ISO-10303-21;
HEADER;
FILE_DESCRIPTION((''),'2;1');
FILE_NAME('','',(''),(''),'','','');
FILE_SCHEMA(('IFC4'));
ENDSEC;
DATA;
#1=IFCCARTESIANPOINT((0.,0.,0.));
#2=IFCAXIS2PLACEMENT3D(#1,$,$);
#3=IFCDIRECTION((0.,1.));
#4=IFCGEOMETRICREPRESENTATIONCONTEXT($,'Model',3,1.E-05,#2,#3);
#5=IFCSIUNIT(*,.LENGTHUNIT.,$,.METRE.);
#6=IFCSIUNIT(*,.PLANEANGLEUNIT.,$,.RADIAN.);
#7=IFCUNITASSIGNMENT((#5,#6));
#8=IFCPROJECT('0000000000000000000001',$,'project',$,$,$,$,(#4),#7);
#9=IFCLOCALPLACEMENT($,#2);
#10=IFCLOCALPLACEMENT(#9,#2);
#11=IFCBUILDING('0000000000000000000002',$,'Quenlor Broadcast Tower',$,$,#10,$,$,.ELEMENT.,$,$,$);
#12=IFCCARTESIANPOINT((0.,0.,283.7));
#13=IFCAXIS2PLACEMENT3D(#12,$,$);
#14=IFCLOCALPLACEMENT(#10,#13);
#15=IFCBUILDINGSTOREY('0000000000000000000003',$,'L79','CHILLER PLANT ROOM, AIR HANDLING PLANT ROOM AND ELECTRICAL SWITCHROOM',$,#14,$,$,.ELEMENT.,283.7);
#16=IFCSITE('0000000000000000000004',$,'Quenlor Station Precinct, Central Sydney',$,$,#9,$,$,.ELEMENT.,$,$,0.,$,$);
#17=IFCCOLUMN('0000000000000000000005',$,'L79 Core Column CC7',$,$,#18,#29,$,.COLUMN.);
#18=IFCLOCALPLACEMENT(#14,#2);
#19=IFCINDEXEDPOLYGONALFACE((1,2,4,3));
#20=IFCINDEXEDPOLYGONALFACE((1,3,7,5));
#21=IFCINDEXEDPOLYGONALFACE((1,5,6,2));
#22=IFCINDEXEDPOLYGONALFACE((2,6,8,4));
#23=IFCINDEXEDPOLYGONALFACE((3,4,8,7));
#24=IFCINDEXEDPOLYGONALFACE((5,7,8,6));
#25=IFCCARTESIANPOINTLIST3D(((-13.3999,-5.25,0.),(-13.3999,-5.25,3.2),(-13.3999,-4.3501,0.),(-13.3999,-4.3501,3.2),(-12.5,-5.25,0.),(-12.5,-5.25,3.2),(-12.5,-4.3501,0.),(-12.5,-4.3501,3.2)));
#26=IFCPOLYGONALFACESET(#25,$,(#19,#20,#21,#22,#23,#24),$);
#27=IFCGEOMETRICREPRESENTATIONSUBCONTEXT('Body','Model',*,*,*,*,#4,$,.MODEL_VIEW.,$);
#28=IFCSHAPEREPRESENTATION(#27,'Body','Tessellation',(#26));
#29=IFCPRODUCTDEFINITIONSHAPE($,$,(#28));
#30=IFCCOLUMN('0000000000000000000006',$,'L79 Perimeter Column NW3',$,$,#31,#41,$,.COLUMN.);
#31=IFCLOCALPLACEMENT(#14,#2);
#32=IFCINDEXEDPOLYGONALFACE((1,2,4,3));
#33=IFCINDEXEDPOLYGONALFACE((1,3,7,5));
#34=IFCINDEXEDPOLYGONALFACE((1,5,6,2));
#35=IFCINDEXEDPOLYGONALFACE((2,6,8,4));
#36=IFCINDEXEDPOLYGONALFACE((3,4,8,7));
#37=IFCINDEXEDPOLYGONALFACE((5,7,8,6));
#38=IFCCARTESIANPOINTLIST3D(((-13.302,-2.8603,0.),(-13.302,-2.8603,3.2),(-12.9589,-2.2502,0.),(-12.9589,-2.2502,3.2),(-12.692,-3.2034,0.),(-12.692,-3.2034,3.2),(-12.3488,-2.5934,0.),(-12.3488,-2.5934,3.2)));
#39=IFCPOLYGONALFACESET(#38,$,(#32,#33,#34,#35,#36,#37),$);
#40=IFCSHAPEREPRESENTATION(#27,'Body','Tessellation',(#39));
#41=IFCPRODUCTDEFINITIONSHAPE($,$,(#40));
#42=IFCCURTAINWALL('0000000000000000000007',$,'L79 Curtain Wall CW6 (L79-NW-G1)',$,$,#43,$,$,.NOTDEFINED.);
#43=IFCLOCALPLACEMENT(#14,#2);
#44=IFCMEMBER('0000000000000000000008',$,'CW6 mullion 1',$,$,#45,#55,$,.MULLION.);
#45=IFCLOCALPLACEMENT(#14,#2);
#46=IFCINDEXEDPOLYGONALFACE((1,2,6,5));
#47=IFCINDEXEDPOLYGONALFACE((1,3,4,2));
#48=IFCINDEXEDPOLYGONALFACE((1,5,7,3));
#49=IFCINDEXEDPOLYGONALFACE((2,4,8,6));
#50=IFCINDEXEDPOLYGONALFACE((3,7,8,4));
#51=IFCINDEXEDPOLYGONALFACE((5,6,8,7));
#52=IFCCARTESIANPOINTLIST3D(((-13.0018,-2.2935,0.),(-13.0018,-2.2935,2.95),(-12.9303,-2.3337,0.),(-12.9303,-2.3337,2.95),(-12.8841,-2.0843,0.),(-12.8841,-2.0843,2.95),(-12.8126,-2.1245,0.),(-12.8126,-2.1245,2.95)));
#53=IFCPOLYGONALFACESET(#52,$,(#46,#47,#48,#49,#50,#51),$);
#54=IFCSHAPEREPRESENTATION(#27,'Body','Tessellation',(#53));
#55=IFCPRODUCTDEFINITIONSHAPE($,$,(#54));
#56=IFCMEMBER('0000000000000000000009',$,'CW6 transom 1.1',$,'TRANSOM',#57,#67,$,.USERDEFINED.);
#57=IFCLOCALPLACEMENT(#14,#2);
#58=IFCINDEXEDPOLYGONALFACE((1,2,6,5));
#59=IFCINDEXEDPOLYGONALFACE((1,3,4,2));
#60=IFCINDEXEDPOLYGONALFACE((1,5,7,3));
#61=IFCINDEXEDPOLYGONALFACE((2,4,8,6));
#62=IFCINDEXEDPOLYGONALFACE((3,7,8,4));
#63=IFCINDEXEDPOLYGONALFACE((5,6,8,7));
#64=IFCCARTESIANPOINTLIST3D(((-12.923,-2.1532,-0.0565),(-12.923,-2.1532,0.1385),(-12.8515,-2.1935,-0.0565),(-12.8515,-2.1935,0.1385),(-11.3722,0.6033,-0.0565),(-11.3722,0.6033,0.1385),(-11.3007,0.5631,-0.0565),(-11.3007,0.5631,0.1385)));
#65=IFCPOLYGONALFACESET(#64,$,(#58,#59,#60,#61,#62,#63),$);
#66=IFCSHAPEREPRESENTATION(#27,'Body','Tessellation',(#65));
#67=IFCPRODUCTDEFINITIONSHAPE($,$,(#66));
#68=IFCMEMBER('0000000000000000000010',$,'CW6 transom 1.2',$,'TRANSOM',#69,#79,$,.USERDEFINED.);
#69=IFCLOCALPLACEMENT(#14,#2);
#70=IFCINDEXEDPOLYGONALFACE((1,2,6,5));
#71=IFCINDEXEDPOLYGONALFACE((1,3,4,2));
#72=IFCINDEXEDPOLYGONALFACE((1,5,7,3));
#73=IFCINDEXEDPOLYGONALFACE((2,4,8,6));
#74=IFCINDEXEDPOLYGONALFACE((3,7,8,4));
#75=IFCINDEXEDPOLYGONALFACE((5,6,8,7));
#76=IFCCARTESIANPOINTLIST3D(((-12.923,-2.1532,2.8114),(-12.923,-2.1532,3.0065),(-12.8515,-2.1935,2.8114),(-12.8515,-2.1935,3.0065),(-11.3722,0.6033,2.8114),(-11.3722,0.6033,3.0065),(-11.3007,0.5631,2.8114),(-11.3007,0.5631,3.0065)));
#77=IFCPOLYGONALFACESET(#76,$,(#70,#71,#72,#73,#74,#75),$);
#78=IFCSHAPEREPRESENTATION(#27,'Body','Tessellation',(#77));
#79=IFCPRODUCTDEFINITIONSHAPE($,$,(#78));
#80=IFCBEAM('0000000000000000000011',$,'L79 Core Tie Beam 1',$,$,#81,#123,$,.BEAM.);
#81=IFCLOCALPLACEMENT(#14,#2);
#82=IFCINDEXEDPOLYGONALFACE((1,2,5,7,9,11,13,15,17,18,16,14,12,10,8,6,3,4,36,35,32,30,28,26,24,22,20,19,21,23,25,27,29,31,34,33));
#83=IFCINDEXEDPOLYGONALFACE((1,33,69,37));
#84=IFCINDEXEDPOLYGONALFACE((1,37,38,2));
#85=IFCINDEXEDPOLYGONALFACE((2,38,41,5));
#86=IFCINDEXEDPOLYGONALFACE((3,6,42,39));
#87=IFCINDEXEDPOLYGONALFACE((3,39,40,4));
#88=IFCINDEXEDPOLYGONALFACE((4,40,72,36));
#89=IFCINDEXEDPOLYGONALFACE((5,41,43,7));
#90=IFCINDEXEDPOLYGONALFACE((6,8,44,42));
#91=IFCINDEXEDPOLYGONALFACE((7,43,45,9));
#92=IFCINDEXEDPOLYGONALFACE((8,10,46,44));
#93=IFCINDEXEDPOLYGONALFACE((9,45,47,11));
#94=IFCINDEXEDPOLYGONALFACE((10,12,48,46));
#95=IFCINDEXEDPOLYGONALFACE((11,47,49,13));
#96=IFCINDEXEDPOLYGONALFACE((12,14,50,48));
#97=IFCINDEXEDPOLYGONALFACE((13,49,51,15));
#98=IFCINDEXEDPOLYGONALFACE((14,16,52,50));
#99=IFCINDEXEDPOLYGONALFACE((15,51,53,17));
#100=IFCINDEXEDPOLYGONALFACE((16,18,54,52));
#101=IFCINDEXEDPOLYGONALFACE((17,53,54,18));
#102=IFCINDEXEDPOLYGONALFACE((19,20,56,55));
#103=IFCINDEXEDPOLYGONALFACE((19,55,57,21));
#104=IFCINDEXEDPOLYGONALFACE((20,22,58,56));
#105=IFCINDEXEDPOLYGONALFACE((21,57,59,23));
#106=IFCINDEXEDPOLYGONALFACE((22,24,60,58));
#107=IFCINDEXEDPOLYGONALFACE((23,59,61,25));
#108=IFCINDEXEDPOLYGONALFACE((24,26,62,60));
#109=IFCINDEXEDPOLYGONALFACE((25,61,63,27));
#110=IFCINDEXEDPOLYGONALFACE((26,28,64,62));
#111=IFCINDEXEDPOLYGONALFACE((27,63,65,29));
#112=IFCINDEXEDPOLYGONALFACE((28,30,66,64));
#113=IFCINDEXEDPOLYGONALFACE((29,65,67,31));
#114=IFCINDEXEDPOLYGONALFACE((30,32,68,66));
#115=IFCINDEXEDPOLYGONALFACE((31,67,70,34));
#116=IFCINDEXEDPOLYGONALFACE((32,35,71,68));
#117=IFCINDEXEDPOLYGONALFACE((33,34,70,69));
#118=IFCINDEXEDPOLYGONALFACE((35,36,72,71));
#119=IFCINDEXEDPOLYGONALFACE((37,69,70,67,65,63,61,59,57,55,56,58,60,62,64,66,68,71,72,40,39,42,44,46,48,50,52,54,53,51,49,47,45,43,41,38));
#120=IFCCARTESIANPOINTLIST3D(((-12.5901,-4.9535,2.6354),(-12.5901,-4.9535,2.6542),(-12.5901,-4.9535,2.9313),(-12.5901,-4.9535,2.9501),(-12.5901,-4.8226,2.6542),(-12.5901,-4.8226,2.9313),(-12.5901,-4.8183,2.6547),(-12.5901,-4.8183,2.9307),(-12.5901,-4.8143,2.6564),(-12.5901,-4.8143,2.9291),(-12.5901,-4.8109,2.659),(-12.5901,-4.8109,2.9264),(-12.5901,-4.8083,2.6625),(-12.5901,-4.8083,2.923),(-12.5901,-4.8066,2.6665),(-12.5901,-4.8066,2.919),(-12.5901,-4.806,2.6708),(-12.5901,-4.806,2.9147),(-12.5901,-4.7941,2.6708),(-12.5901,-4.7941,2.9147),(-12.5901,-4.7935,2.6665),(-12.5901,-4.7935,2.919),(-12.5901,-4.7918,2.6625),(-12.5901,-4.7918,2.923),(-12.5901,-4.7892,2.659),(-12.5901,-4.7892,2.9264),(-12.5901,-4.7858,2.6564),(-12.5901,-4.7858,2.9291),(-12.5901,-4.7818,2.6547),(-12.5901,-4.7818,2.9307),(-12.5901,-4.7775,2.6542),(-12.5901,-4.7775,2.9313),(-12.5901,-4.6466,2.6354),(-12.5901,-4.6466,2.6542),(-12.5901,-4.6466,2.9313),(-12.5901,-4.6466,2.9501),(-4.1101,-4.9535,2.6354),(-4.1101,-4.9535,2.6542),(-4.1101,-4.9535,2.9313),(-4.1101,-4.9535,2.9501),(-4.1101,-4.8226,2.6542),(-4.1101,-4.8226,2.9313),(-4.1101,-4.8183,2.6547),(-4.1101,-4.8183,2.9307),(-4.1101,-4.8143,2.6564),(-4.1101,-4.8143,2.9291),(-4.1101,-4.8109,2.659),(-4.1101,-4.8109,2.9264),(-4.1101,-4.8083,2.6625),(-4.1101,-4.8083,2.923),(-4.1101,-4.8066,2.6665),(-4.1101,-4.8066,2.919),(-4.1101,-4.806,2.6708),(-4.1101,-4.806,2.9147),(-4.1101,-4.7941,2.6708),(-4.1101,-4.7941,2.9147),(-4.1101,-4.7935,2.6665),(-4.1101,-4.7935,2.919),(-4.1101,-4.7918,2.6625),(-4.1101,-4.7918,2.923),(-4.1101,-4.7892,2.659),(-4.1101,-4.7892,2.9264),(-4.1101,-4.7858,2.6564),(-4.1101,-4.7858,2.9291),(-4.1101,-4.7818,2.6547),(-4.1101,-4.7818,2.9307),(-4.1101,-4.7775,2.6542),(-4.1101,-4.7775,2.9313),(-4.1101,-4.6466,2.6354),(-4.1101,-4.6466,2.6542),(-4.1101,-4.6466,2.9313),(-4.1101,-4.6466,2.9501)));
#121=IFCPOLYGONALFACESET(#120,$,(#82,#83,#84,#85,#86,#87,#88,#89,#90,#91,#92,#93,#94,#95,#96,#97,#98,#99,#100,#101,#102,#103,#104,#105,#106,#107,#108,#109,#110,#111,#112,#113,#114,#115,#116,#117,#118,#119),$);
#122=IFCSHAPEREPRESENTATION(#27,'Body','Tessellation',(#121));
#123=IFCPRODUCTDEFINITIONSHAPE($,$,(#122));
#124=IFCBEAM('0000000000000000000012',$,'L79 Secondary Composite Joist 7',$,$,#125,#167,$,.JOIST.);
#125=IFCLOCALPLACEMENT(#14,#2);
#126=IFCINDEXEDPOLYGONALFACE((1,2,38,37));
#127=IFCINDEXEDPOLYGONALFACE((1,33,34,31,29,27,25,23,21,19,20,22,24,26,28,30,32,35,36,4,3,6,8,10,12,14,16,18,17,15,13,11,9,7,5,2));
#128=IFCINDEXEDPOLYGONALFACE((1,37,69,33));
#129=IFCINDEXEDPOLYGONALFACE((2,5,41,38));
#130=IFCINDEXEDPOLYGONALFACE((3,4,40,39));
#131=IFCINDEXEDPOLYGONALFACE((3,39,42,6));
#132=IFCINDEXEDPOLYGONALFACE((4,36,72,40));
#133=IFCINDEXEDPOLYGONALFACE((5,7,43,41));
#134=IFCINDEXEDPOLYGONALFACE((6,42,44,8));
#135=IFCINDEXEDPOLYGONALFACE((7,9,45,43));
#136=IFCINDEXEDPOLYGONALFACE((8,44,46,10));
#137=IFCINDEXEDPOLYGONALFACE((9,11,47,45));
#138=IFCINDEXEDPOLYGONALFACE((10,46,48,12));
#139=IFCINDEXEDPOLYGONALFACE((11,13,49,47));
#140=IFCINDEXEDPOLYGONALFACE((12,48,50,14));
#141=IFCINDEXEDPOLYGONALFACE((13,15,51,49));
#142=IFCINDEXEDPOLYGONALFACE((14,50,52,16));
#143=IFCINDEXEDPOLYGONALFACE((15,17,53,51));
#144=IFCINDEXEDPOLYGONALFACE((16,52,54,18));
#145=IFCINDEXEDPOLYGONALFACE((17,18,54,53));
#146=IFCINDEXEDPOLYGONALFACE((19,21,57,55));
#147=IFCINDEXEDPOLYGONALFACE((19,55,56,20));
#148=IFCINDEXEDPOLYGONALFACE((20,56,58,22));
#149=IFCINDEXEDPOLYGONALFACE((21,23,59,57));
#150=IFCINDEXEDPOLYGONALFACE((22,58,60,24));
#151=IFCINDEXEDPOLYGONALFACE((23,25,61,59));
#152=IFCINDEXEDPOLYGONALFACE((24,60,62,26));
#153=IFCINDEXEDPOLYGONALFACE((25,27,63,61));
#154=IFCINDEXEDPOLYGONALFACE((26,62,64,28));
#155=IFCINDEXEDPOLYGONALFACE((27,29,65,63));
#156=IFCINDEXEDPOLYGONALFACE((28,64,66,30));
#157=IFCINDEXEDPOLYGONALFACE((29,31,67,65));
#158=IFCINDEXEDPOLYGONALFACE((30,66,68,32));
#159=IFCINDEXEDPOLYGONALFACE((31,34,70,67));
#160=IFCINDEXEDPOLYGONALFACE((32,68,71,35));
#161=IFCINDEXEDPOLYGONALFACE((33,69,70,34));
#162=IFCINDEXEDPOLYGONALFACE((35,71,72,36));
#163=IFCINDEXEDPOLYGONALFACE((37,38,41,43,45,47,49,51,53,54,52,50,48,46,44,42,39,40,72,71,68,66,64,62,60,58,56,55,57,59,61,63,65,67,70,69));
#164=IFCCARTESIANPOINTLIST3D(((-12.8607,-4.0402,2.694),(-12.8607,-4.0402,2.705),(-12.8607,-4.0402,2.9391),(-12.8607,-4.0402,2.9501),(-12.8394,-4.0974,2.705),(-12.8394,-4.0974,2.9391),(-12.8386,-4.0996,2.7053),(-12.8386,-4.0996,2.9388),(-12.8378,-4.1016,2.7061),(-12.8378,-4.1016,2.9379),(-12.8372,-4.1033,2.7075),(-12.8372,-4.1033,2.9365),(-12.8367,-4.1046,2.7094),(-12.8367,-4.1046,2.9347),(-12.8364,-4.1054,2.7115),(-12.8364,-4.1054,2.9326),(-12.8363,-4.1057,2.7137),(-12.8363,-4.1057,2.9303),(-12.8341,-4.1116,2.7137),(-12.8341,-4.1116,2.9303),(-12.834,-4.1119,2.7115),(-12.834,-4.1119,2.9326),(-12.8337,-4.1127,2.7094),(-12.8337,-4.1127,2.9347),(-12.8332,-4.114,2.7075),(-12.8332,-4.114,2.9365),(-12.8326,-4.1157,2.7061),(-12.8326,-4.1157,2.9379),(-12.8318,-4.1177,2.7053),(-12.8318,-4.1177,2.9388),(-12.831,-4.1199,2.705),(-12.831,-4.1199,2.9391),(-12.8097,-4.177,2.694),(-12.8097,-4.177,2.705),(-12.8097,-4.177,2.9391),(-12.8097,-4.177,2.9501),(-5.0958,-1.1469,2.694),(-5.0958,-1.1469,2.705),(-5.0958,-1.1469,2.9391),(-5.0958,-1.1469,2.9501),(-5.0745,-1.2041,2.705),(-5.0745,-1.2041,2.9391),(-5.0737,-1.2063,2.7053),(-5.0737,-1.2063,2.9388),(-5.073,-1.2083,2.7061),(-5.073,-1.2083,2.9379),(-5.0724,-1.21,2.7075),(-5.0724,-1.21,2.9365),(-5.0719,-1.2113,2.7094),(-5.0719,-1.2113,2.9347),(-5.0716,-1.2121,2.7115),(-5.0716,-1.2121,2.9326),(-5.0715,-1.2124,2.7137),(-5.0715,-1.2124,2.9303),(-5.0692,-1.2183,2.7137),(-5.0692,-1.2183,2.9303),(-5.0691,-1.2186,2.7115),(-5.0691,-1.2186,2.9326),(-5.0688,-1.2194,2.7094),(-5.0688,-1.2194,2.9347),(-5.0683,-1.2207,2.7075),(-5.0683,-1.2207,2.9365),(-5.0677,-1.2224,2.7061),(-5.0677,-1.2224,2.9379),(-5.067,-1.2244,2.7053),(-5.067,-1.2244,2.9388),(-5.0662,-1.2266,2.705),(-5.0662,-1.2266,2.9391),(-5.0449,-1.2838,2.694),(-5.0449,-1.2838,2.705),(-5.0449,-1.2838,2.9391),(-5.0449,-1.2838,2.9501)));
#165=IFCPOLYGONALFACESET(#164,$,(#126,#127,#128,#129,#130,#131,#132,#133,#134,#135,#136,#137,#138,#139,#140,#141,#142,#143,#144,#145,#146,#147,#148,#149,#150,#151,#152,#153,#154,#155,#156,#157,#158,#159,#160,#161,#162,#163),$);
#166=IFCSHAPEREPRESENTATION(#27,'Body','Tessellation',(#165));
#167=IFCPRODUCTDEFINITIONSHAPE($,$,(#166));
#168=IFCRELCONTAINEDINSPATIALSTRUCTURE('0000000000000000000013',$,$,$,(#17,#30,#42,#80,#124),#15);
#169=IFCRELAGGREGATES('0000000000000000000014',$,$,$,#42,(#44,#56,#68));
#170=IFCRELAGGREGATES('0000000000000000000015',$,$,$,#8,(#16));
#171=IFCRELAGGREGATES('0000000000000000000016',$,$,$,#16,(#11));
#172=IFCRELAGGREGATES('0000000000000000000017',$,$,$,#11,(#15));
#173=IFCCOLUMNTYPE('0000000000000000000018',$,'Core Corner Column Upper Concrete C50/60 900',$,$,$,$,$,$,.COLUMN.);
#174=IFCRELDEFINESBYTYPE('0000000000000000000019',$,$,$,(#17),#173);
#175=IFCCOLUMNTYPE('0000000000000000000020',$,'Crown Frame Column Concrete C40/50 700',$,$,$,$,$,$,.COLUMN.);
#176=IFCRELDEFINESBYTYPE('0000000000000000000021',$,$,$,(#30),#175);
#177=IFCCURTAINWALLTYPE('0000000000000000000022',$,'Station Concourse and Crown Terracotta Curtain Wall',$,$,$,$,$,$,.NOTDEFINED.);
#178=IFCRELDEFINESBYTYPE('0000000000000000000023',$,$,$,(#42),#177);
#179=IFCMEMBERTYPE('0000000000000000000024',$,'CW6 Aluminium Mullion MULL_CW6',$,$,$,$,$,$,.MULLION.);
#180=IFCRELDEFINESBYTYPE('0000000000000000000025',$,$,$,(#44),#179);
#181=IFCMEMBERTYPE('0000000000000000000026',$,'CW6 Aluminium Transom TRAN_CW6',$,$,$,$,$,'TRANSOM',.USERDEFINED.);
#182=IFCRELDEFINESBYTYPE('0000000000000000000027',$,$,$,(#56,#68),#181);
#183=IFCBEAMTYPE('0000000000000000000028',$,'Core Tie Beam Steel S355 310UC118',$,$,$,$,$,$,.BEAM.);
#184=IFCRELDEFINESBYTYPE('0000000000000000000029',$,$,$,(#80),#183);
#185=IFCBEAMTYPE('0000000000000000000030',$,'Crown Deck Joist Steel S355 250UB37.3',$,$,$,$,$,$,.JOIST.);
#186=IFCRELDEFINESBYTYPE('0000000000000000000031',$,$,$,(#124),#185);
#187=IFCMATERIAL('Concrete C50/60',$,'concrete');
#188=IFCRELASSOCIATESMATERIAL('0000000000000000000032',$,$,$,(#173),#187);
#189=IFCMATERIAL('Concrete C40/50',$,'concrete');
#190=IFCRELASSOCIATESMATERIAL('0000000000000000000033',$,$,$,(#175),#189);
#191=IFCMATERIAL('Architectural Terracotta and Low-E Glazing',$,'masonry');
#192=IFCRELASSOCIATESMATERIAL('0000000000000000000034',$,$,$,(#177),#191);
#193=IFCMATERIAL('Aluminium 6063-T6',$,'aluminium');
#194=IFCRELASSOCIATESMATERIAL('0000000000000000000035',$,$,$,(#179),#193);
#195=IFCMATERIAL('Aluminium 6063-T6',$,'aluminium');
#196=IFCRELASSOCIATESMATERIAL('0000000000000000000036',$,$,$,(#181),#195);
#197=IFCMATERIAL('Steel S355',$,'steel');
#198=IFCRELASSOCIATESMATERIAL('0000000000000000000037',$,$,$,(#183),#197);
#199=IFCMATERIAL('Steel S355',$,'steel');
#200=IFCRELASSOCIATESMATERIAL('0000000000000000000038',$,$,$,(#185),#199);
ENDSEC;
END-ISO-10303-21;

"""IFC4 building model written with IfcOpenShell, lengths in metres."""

from ifc_helpers import new_model, si_unit, direction, frame, origin, origin_2d, place, context, subcontext, project, spatial, rectangle, i_section, extrude, material, material_profile, profile_set, type_object, element, aggregate, save


model = new_model("IFC4")

# Units and contexts
model_context = context("Model", 3, precision=1e-05, world=origin(), true_north=direction((0.0, 1.0)))
body_context = subcontext(model_context, "Body", "Model", "MODEL_VIEW")
ifc_project = project(units=[si_unit("LENGTHUNIT", "METRE"), si_unit("PLANEANGLEUNIT", "RADIAN")], contexts=[model_context])

# Site, building, storey
site_placement = place(None, origin())
site = spatial("IfcSite", under=ifc_project, at=site_placement, Name="Quenlor Station Precinct, Central Sydney", CompositionType="ELEMENT", RefElevation=0.0)
building_placement = place(site_placement, origin())
building = spatial("IfcBuilding", under=site, at=building_placement, Name="Quenlor Broadcast Tower", CompositionType="ELEMENT")
storey_placement = place(building_placement, frame((0.0, 0.0, 283.7)))
storey = spatial("IfcBuildingStorey", under=building, at=storey_placement, Name="L79", Description="CHILLER PLANT ROOM, AIR HANDLING PLANT ROOM AND ELECTRICAL SWITCHROOM", CompositionType="ELEMENT", Elevation=283.7)

# Columns
ifc_material_1 = material(Name="Concrete C50/60", Category="concrete")
ifc_material_profile_1 = material_profile(ifc_material_1, rectangle(XDim=0.8999, YDim=0.8999, at=origin_2d()))
ifc_profile_set_1 = profile_set([ifc_material_profile_1], Name="Concrete C50/60 RC900x900")
column_type_1 = type_object("IfcColumnType", Name="Core Corner Column Upper Concrete C50/60 900", PredefinedType="COLUMN", material=ifc_profile_set_1)
column_1_placement = place(storey_placement, frame((-12.95, -4.8, 0.0), z_axis=(0.0, 0.0, 1.0), x_axis=(1.0, 0.0, 0.0)))
element("IfcColumn", 1, at=column_1_placement, inside=storey, type_object=column_type_1, Name="L79 Core Column CC7", PredefinedType="COLUMN", context=body_context, shape_type="SweptSolid", body=[
    extrude(rectangle(XDim=0.8999, YDim=0.8999, at=origin_2d()), origin(), (0.0, 0.0, 1.0), 3.2),
])
ifc_material_2 = material(Name="Concrete C40/50", Category="concrete")
ifc_material_profile_2 = material_profile(ifc_material_2, rectangle(XDim=0.7, YDim=0.7, at=origin_2d()))
ifc_profile_set_2 = profile_set([ifc_material_profile_2], Name="Concrete C40/50 RC700x700")
column_type_2 = type_object("IfcColumnType", Name="Crown Frame Column Concrete C40/50 700", PredefinedType="COLUMN", material=ifc_profile_set_2)
column_2_placement = place(storey_placement, frame((-12.8254, -2.7268, 0.0), z_axis=(0.0, 0.0, 1.0), x_axis=(-0.871575, 0.490262, 0.0)))
element("IfcColumn", 2, at=column_2_placement, inside=storey, type_object=column_type_2, Name="L79 Perimeter Column NW3", PredefinedType="COLUMN", context=body_context, shape_type="SweptSolid", body=[
    extrude(rectangle(XDim=0.7, YDim=0.7, at=origin_2d()), origin(), (0.0, 0.0, 1.0), 3.2),
])

# Curtain wall, members
ifc_material_3 = material(Name="Architectural Terracotta and Low-E Glazing", Category="masonry")
curtain_wall_type = type_object("IfcCurtainWallType", Name="Station Concourse and Crown Terracotta Curtain Wall", PredefinedType="NOTDEFINED", material=ifc_material_3)
curtain_wall_placement = place(storey_placement, origin())
curtain_wall = element("IfcCurtainWall", 3, at=curtain_wall_placement, inside=storey, type_object=curtain_wall_type, Name="L79 Curtain Wall CW6 (L79-NW-G1)", PredefinedType="NOTDEFINED")
ifc_material_4 = material(Name="Aluminium 6063-T6", Category="aluminium")
ifc_material_profile_3 = material_profile(ifc_material_4, rectangle(XDim=0.082, YDim=0.24, at=origin_2d()))
ifc_profile_set_3 = profile_set([ifc_material_profile_3], Name="Aluminium 6063-T6 MULL82x240")
member_type_1 = type_object("IfcMemberType", Name="CW6 Aluminium Mullion MULL_CW6", PredefinedType="MULLION", material=ifc_profile_set_3)
member_1_placement = place(storey_placement, frame((-12.9072, -2.209, 0.0), z_axis=(0.0, 0.0, 1.0), x_axis=(-0.871572, 0.490268, 0.0)))
member_1 = element("IfcMember", 4, at=member_1_placement, type_object=member_type_1, Name="CW6 mullion 1", PredefinedType="MULLION", context=body_context, shape_type="SweptSolid", body=[
    extrude(rectangle(XDim=0.082, YDim=0.24, at=origin_2d()), origin(), (0.0, 0.0, 1.0), 2.95),
])
ifc_material_5 = material(Name="Aluminium 6063-T6", Category="aluminium")
ifc_material_profile_4 = material_profile(ifc_material_5, rectangle(XDim=0.082, YDim=0.1951, at=origin_2d()))
ifc_profile_set_4 = profile_set([ifc_material_profile_4], Name="Aluminium 6063-T6 TRAN82x195")
member_type_2 = type_object("IfcMemberType", Name="CW6 Aluminium Transom TRAN_CW6", ElementType="TRANSOM", PredefinedType="USERDEFINED", material=ifc_profile_set_4)
member_2_placement = place(storey_placement, frame((-12.8872, -2.1733, 0.041), z_axis=(0.490309, 0.871549, 0.0), x_axis=(-0.871549, 0.490309, 0.0)))
member_2 = element("IfcMember", 5, at=member_2_placement, type_object=member_type_2, Name="CW6 transom 1.1", ObjectType="TRANSOM", PredefinedType="USERDEFINED", context=body_context, shape_type="SweptSolid", body=[
    extrude(rectangle(XDim=0.082, YDim=0.1951, at=origin_2d()), origin(), (0.0, 0.0, 1.0), 3.1628),
])
member_3_placement = place(storey_placement, frame((-12.8872, -2.1733, 2.9089), z_axis=(0.490309, 0.871549, 0.0), x_axis=(-0.871549, 0.490309, 0.0)))
member_3 = element("IfcMember", 6, at=member_3_placement, type_object=member_type_2, Name="CW6 transom 1.2", ObjectType="TRANSOM", PredefinedType="USERDEFINED", context=body_context, shape_type="SweptSolid", body=[
    extrude(rectangle(XDim=0.082, YDim=0.1951, at=origin_2d()), origin(), (0.0, 0.0, 1.0), 3.1628),
])
aggregate(curtain_wall, [member_1, member_2, member_3])

# Beams
ifc_material_6 = material(Name="Steel S355", Category="steel")
ifc_material_profile_5 = material_profile(ifc_material_6, i_section(OverallWidth=0.3069, OverallDepth=0.3147, WebThickness=0.012, FlangeThickness=0.0188, FilletRadius=0.0166, at=origin_2d()))
ifc_profile_set_5 = profile_set([ifc_material_profile_5], Name="Steel S355 310UC118")
beam_type_1 = type_object("IfcBeamType", Name="Core Tie Beam Steel S355 310UC118", PredefinedType="BEAM", material=ifc_profile_set_5)
beam_1_placement = place(storey_placement, frame((-12.5901, -4.8, 2.7927), z_axis=(1.0, 0.0, 0.0), x_axis=(0.0, 1.0, 0.0)))
element("IfcBeam", 7, at=beam_1_placement, inside=storey, type_object=beam_type_1, Name="L79 Core Tie Beam 1", PredefinedType="BEAM", context=body_context, shape_type="SweptSolid", body=[
    extrude(i_section(OverallWidth=0.3069, OverallDepth=0.3147, WebThickness=0.012, FlangeThickness=0.0188, FilletRadius=0.0166, at=origin_2d()), origin(), (0.0, 0.0, 1.0), 8.48),
])
ifc_material_7 = material(Name="Steel S355", Category="steel")
ifc_material_profile_6 = material_profile(ifc_material_7, i_section(OverallWidth=0.146, OverallDepth=0.2561, WebThickness=0.0063, FlangeThickness=0.011, FilletRadius=0.0088, at=origin_2d()))
ifc_profile_set_6 = profile_set([ifc_material_profile_6], Name="Steel S355 250UB37.3")
beam_type_2 = type_object("IfcBeamType", Name="Crown Deck Joist Steel S355 250UB37.3", PredefinedType="JOIST", material=ifc_profile_set_6)
beam_2_placement = place(storey_placement, frame((-12.8352, -4.1086, 2.822), z_axis=(0.937062, 0.349163, 0.0), x_axis=(-0.349163, 0.937062, 0.0)))
element("IfcBeam", 8, at=beam_2_placement, inside=storey, type_object=beam_type_2, Name="L79 Secondary Composite Joist 7", PredefinedType="JOIST", context=body_context, shape_type="SweptSolid", body=[
    extrude(i_section(OverallWidth=0.146, OverallDepth=0.2561, WebThickness=0.0063, FlangeThickness=0.011, FilletRadius=0.0088, at=origin_2d()), origin(), (0.0, 0.0, 1.0), 8.2864),
])

save(model, "model.ifc")
